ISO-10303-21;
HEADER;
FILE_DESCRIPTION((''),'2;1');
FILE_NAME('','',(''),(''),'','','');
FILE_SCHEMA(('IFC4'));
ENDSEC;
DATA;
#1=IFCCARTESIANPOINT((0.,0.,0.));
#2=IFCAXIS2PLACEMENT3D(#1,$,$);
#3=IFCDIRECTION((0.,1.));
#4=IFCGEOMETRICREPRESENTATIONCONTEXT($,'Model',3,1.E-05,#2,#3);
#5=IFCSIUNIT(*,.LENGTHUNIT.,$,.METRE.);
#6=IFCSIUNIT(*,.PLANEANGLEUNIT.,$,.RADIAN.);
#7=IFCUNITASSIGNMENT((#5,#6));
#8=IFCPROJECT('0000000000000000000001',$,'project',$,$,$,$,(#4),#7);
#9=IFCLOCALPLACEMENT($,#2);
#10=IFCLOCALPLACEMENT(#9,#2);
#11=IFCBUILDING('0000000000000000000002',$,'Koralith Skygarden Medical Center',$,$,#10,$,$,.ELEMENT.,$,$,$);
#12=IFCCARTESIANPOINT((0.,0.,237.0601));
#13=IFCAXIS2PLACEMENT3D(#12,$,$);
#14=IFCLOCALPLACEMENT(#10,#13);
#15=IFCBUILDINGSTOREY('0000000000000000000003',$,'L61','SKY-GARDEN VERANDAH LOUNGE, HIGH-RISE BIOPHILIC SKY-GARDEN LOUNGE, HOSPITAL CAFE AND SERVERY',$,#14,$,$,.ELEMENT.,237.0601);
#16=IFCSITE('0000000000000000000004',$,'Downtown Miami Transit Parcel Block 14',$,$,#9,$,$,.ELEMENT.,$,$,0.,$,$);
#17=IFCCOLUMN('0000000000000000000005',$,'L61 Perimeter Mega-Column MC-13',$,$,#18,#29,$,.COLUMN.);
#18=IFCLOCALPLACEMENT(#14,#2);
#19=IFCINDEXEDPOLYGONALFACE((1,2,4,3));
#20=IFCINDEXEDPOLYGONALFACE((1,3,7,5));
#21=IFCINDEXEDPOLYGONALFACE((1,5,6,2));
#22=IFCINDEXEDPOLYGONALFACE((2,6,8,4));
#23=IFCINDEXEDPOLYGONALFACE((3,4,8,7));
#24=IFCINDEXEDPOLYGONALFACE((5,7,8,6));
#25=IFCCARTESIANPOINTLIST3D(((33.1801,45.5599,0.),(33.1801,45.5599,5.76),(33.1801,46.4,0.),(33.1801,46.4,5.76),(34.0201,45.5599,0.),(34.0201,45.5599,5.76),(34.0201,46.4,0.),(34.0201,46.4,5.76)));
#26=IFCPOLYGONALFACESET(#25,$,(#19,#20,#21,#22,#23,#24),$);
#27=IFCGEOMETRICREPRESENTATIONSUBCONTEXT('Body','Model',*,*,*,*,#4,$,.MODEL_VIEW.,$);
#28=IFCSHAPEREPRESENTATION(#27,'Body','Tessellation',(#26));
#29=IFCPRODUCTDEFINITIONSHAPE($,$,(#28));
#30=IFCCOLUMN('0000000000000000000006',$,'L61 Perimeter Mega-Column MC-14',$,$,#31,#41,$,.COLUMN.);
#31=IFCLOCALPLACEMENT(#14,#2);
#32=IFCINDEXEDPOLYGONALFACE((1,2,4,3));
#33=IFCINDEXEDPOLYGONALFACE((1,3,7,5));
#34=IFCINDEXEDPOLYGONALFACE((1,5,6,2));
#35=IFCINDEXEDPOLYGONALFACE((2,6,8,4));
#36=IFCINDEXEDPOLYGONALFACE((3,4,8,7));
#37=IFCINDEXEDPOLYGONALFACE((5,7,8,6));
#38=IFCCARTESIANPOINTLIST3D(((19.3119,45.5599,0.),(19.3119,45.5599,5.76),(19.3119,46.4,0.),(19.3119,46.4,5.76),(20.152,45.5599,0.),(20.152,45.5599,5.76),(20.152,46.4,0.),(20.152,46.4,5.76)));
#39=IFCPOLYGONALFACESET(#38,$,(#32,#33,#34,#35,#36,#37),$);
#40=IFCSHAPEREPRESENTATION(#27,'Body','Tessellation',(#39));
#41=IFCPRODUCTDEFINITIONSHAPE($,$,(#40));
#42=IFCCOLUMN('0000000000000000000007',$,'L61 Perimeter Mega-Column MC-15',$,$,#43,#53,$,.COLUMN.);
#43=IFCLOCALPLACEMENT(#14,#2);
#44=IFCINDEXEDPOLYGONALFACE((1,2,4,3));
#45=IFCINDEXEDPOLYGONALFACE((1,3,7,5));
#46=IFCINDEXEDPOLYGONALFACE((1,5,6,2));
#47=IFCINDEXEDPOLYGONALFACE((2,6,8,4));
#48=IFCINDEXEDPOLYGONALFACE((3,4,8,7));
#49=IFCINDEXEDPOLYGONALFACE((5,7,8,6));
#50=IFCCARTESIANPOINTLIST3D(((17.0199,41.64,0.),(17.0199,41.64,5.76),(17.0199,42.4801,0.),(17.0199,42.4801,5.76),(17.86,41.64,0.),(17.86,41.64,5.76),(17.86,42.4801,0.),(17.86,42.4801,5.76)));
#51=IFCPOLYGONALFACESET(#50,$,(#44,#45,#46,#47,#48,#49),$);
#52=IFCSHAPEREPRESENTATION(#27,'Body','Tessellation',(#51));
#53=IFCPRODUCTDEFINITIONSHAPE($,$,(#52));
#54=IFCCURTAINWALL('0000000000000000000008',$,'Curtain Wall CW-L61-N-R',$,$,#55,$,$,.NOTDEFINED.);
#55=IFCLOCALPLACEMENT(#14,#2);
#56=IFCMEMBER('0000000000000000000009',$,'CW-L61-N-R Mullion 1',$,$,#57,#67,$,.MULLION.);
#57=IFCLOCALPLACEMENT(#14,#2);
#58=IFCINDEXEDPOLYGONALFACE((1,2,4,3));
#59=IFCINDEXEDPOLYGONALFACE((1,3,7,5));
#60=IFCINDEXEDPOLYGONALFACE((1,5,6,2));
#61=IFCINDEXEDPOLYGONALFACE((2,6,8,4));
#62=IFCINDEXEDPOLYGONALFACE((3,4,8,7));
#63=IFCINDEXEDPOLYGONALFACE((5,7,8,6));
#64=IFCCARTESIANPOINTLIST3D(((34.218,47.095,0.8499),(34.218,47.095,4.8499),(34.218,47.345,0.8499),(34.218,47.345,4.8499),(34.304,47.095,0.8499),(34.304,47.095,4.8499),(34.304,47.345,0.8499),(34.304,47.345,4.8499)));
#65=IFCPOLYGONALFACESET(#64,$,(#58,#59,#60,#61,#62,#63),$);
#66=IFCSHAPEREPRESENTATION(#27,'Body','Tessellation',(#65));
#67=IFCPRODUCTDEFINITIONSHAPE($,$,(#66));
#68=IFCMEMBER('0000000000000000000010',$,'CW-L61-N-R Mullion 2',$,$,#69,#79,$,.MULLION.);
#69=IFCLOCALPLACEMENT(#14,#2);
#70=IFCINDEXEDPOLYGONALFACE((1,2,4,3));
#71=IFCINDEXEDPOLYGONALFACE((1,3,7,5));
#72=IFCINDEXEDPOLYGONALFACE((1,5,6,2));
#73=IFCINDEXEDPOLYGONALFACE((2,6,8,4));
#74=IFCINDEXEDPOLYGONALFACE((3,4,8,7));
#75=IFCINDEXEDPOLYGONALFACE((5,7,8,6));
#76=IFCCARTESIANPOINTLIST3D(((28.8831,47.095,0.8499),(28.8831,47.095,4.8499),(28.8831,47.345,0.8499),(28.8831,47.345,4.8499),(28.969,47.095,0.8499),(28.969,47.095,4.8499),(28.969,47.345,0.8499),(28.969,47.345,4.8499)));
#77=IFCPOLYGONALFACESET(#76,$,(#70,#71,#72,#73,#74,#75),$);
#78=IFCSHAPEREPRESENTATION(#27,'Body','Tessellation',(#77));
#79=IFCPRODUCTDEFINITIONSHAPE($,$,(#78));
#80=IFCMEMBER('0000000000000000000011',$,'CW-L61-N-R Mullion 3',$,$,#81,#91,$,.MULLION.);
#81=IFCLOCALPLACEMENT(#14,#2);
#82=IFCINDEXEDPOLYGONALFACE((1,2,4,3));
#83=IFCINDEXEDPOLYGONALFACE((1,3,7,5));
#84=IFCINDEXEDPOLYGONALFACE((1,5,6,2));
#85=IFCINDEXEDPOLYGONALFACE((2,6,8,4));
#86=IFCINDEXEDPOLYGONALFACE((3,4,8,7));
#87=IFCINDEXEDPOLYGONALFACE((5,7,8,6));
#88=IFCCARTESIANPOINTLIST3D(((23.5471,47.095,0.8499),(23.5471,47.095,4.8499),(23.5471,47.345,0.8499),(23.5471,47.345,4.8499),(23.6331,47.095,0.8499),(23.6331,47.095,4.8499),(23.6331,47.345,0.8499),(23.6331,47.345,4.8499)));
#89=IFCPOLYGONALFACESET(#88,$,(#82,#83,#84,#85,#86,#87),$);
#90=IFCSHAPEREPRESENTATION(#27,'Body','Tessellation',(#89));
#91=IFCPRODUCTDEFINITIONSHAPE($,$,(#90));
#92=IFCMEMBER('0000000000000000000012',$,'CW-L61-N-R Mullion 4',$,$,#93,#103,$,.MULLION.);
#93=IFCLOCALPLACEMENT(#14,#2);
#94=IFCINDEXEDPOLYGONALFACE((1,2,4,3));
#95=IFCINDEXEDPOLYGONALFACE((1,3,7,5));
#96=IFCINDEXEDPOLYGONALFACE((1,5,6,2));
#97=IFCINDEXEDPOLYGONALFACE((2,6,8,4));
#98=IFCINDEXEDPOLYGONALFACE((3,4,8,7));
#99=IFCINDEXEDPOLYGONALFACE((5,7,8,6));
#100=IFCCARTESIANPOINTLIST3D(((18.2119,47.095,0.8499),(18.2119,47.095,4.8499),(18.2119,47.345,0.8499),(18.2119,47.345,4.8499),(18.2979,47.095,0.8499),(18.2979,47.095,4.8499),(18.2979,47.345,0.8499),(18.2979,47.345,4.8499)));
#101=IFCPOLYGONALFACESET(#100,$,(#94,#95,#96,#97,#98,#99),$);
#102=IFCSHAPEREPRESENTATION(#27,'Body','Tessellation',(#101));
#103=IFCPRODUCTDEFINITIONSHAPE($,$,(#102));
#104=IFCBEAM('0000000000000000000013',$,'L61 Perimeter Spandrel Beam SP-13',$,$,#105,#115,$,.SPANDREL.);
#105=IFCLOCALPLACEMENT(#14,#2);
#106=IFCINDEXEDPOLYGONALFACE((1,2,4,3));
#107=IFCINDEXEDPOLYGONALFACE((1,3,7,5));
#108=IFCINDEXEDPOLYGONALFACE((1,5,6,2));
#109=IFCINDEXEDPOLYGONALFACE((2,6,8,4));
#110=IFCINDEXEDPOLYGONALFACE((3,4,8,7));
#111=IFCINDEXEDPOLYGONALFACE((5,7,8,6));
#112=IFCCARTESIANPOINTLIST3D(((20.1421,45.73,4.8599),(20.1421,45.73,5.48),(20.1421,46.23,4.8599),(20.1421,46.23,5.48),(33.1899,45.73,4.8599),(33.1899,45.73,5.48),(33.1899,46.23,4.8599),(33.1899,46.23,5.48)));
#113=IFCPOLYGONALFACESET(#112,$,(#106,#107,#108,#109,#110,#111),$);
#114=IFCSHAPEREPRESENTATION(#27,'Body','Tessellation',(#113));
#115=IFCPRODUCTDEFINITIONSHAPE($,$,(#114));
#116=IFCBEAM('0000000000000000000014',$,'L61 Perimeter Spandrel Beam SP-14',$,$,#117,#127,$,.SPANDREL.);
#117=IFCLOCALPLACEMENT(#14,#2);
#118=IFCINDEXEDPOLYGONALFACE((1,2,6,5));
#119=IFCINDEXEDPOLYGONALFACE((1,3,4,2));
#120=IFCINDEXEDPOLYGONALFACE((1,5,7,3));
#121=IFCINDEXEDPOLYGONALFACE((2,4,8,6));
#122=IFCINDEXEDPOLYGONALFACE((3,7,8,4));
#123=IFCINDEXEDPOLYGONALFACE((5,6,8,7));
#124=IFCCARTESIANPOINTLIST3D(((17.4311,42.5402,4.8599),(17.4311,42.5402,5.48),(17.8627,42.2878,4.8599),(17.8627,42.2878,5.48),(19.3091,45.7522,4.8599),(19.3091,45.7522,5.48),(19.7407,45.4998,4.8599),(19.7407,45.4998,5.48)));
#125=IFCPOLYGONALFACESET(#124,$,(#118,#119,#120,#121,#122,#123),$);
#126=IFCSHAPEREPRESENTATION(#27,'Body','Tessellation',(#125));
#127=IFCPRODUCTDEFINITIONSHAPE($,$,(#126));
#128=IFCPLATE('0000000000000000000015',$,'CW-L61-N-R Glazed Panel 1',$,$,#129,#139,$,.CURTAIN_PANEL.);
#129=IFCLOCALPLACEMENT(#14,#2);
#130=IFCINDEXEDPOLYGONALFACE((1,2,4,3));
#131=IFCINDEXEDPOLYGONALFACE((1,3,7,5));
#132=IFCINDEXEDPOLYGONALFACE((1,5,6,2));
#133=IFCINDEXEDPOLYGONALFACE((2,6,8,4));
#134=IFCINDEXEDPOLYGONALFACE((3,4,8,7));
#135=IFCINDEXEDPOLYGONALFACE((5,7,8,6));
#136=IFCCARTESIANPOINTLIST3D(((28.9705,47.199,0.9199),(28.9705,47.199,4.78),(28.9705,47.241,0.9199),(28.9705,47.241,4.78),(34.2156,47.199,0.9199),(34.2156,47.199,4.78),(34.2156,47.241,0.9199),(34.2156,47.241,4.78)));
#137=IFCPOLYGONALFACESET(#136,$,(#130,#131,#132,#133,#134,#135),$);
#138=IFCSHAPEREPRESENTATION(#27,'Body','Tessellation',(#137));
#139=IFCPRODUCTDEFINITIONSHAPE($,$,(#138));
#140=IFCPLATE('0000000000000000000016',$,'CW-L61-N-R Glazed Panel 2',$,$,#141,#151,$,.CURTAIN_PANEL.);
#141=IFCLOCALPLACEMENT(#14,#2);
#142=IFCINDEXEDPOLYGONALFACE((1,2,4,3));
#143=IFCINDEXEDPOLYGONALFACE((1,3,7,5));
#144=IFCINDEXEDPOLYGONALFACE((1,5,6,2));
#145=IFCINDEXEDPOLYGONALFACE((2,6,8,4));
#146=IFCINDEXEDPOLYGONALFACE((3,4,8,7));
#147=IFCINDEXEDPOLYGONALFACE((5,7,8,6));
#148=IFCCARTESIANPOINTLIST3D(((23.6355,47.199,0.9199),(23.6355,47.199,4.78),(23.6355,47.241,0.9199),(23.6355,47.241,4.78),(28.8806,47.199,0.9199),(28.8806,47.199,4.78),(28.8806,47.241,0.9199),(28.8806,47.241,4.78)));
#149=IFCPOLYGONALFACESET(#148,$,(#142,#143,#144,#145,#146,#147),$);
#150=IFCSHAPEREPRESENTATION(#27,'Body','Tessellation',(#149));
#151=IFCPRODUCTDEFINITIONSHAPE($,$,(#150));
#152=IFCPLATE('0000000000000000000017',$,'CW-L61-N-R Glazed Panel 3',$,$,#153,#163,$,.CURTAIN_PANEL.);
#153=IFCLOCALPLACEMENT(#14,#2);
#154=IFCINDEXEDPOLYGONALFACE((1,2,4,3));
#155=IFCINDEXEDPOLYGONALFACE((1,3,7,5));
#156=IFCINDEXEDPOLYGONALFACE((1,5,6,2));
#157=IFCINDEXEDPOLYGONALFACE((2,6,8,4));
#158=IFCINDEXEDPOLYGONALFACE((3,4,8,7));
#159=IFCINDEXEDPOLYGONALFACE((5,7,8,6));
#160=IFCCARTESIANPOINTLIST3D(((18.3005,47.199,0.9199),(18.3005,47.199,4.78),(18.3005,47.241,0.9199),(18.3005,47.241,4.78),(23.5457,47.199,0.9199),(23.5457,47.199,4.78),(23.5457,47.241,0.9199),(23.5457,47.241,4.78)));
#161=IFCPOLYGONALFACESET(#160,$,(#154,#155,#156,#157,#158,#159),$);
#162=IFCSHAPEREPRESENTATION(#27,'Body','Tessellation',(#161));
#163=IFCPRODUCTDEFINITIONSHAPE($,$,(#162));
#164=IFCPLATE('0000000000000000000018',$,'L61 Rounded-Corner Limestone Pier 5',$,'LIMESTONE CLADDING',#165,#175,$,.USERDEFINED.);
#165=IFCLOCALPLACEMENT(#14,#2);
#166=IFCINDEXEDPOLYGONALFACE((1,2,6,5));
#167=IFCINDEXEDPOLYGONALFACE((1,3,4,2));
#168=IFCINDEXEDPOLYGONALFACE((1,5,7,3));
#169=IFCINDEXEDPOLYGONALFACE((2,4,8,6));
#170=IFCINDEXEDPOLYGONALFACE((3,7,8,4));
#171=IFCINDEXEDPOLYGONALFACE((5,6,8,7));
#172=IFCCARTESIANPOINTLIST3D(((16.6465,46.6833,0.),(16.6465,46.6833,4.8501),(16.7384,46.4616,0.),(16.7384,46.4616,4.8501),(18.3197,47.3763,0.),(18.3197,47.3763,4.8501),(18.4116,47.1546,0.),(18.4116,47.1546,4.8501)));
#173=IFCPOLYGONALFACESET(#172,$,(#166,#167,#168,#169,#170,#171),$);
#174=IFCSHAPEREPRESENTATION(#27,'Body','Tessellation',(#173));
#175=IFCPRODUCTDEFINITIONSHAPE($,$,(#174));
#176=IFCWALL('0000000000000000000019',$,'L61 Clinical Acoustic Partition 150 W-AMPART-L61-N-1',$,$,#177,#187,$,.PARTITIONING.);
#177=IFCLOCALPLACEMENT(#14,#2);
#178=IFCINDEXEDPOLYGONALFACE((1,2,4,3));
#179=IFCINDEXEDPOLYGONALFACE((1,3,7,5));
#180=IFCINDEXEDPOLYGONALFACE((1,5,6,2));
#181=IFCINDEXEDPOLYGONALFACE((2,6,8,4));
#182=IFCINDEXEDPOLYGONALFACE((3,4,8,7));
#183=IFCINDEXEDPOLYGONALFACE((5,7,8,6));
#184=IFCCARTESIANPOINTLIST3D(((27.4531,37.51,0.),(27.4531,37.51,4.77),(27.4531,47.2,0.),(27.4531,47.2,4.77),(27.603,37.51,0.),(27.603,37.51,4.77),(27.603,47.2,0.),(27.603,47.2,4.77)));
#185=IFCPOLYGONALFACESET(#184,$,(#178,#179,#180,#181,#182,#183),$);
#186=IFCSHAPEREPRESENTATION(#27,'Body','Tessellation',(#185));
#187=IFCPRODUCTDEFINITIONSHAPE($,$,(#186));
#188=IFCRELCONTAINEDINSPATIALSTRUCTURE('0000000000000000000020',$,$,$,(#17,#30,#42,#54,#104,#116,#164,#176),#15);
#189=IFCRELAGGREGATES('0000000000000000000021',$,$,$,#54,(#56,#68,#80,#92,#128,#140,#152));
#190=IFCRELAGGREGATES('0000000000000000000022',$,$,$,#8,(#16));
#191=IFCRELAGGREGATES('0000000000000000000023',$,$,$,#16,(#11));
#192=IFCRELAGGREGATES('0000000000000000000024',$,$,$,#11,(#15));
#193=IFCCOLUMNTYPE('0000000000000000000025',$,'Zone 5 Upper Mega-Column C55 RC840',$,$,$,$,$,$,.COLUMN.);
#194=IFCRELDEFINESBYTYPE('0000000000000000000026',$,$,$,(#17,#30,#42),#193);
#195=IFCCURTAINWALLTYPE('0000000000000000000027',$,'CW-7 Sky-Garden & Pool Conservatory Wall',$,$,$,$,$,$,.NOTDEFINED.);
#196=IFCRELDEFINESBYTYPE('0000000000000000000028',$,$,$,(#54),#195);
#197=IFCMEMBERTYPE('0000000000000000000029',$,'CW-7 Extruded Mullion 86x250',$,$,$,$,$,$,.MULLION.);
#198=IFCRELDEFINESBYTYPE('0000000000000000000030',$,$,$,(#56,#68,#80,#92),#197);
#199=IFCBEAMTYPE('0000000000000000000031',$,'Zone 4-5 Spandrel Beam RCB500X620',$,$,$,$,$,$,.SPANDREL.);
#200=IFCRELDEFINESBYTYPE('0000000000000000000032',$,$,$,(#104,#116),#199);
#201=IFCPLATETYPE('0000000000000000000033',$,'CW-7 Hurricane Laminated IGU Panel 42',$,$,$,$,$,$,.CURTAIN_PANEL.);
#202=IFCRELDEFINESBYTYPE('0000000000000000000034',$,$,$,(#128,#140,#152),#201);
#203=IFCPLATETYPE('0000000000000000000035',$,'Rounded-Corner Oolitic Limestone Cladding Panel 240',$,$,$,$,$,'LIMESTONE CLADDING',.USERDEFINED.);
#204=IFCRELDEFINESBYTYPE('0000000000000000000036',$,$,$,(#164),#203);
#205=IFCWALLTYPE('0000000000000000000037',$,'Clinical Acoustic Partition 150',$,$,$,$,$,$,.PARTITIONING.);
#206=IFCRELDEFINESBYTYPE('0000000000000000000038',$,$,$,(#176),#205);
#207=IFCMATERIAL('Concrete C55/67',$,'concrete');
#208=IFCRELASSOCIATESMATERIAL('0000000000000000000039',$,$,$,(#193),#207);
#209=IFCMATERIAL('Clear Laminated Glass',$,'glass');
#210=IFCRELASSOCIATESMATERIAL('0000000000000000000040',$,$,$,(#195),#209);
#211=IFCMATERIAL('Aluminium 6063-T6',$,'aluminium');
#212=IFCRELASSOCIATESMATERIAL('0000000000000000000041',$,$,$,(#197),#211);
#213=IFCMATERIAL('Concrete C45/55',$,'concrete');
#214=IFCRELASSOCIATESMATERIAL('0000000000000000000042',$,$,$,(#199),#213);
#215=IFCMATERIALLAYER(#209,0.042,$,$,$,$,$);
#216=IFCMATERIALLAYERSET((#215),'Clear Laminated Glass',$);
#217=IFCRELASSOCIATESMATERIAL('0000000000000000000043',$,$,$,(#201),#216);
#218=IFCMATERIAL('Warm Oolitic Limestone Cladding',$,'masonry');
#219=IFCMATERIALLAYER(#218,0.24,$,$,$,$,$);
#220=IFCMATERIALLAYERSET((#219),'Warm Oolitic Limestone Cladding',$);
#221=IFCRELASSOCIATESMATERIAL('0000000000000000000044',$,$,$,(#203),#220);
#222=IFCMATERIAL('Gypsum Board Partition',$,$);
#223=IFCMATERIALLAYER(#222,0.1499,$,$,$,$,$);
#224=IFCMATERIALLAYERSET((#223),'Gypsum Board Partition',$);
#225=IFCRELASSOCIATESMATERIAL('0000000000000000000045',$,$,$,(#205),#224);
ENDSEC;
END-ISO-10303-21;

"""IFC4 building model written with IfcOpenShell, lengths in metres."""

from ifc_helpers import new_model, si_unit, direction, frame, frame_2d, origin, origin_2d, place, context, subcontext, project, spatial, rectangle, extrude, material, layer, layer_set, material_profile, profile_set, type_object, element, aggregate, save


model = new_model("IFC4")

# Units and contexts
model_context = context("Model", 3, precision=1e-05, world=origin(), true_north=direction((0.0, 1.0)))
body_context = subcontext(model_context, "Body", "Model", "MODEL_VIEW")
ifc_project = project(units=[si_unit("LENGTHUNIT", "METRE"), si_unit("PLANEANGLEUNIT", "RADIAN")], contexts=[model_context])

# Site, building, storey
site_placement = place(None, origin())
site = spatial("IfcSite", under=ifc_project, at=site_placement, Name="Downtown Miami Transit Parcel Block 14", CompositionType="ELEMENT", RefElevation=0.0)
building_placement = place(site_placement, origin())
building = spatial("IfcBuilding", under=site, at=building_placement, Name="Koralith Skygarden Medical Center", CompositionType="ELEMENT")
storey_placement = place(building_placement, frame((0.0, 0.0, 237.0601)))
storey = spatial("IfcBuildingStorey", under=building, at=storey_placement, Name="L61", Description="SKY-GARDEN VERANDAH LOUNGE, HIGH-RISE BIOPHILIC SKY-GARDEN LOUNGE, HOSPITAL CAFE AND SERVERY", CompositionType="ELEMENT", Elevation=237.0601)

# Columns
ifc_material_1 = material(Name="Concrete C55/67", Category="concrete")
ifc_material_profile_1 = material_profile(ifc_material_1, rectangle(XDim=0.8401, YDim=0.8401, at=origin_2d()), Name="RC840X840")
ifc_profile_set_1 = profile_set([ifc_material_profile_1], Name="Concrete C55/67")
column_type = type_object("IfcColumnType", Name="Zone 5 Upper Mega-Column C55 RC840", PredefinedType="COLUMN", material=ifc_profile_set_1)
for number, where, z_axis, x_axis, name in (
    (1, (33.6001, 45.98, 0.0), (0.0, 0.0, 1.0), (1.0, 0.0, 0.0), "L61 Perimeter Mega-Column MC-13"),
    (2, (19.7319, 45.98, 0.0), (0.0, 0.0, 1.0), (1.0, 0.0, 0.0), "L61 Perimeter Mega-Column MC-14"),
    (3, (17.4399, 42.0601, 0.0), (0.0, 0.0, 1.0), (1.0, 0.0, 0.0), "L61 Perimeter Mega-Column MC-15"),
):
    element("IfcColumn", number, at=place(storey_placement, frame(where, z_axis=z_axis, x_axis=x_axis)), inside=storey, type_object=column_type, Name=name, PredefinedType="COLUMN", context=body_context, shape_type="SweptSolid", body=[
        extrude(rectangle(XDim=0.8401, YDim=0.8401, at=origin_2d()), origin(), (0.0, 0.0, 1.0), 5.76),
    ])

# Curtain wall, members
ifc_material_2 = material(Name="Clear Laminated Glass", Category="glass")
curtain_wall_type = type_object("IfcCurtainWallType", Name="CW-7 Sky-Garden & Pool Conservatory Wall", PredefinedType="NOTDEFINED", material=ifc_material_2)
curtain_wall_placement = place(storey_placement, origin())
curtain_wall = element("IfcCurtainWall", 4, at=curtain_wall_placement, inside=storey, type_object=curtain_wall_type, Name="Curtain Wall CW-L61-N-R", PredefinedType="NOTDEFINED")
ifc_material_3 = material(Name="Aluminium 6063-T6", Category="aluminium")
ifc_material_profile_2 = material_profile(ifc_material_3, rectangle(XDim=0.0859, YDim=0.25, at=origin_2d()), Name="MUL86X250")
ifc_profile_set_2 = profile_set([ifc_material_profile_2], Name="Aluminium 6063-T6")
member_type = type_object("IfcMemberType", Name="CW-7 Extruded Mullion 86x250", PredefinedType="MULLION", material=ifc_profile_set_2)
member_1_placement = place(storey_placement, frame((34.261, 47.22, 0.8499), z_axis=(0.0, 0.0, 1.0), x_axis=(1.0, 0.0, 0.0)))
member_1 = element("IfcMember", 5, at=member_1_placement, type_object=member_type, Name="CW-L61-N-R Mullion 1", PredefinedType="MULLION", context=body_context, shape_type="SweptSolid", body=[
    extrude(rectangle(XDim=0.0859, YDim=0.25, at=origin_2d()), origin(), (0.0, 0.0, 1.0), 4.0),
])
member_2_placement = place(storey_placement, frame((28.926, 47.22, 0.8499), z_axis=(0.0, 0.0, 1.0), x_axis=(1.0, 0.0, 0.0)))
member_2 = element("IfcMember", 6, at=member_2_placement, type_object=member_type, Name="CW-L61-N-R Mullion 2", PredefinedType="MULLION", context=body_context, shape_type="SweptSolid", body=[
    extrude(rectangle(XDim=0.0859, YDim=0.25, at=origin_2d()), origin(), (0.0, 0.0, 1.0), 4.0),
])
member_3_placement = place(storey_placement, frame((23.5901, 47.22, 0.8499), z_axis=(0.0, 0.0, 1.0), x_axis=(1.0, 0.0, 0.0)))
member_3 = element("IfcMember", 7, at=member_3_placement, type_object=member_type, Name="CW-L61-N-R Mullion 3", PredefinedType="MULLION", context=body_context, shape_type="SweptSolid", body=[
    extrude(rectangle(XDim=0.0859, YDim=0.25, at=origin_2d()), origin(), (0.0, 0.0, 1.0), 4.0),
])
member_4_placement = place(storey_placement, frame((18.2549, 47.22, 0.8499), z_axis=(0.0, 0.0, 1.0), x_axis=(1.0, 0.0, 0.0)))
member_4 = element("IfcMember", 8, at=member_4_placement, type_object=member_type, Name="CW-L61-N-R Mullion 4", PredefinedType="MULLION", context=body_context, shape_type="SweptSolid", body=[
    extrude(rectangle(XDim=0.0859, YDim=0.25, at=origin_2d()), origin(), (0.0, 0.0, 1.0), 4.0),
])

# Beams
ifc_material_4 = material(Name="Concrete C45/55", Category="concrete")
ifc_material_profile_3 = material_profile(ifc_material_4, rectangle(XDim=0.5, YDim=0.6201, at=origin_2d()), Name="RCB500X620")
ifc_profile_set_3 = profile_set([ifc_material_profile_3], Name="Concrete C45/55")
beam_type = type_object("IfcBeamType", Name="Zone 4-5 Spandrel Beam RCB500X620", PredefinedType="SPANDREL", material=ifc_profile_set_3)
beam_1_placement = place(storey_placement, frame((33.1899, 45.98, 5.1699), z_axis=(-1.0, 0.0, 0.0), x_axis=(0.0, -1.0, 0.0)))
element("IfcBeam", 9, at=beam_1_placement, inside=storey, type_object=beam_type, Name="L61 Perimeter Spandrel Beam SP-13", PredefinedType="SPANDREL", context=body_context, shape_type="SweptSolid", body=[
    extrude(rectangle(XDim=0.5, YDim=0.6201, at=origin_2d()), origin(), (0.0, 0.0, 1.0), 13.0479),
])
beam_2_placement = place(storey_placement, frame((19.5249, 45.626, 5.1699), z_axis=(-0.504736, -0.863274, 0.0), x_axis=(0.863274, -0.504736, 0.0)))
element("IfcBeam", 10, at=beam_2_placement, inside=storey, type_object=beam_type, Name="L61 Perimeter Spandrel Beam SP-14", PredefinedType="SPANDREL", context=body_context, shape_type="SweptSolid", body=[
    extrude(rectangle(XDim=0.5, YDim=0.6201, at=origin_2d()), origin(), (0.0, 0.0, 1.0), 3.7207),
])

# Plates
ifc_layer_1 = layer(ifc_material_2, 0.042)
ifc_layer_set_1 = layer_set([ifc_layer_1], Name="Clear Laminated Glass")
plate_type_1 = type_object("IfcPlateType", Name="CW-7 Hurricane Laminated IGU Panel 42", PredefinedType="CURTAIN_PANEL", material=ifc_layer_set_1)
plate_1_placement = place(storey_placement, frame((31.593, 47.22, 0.9199), z_axis=(0.0, 0.0, 1.0), x_axis=(-1.0, 0.0, 0.0)))
plate_1 = element("IfcPlate", 11, at=plate_1_placement, type_object=plate_type_1, Name="CW-L61-N-R Glazed Panel 1", PredefinedType="CURTAIN_PANEL", context=body_context, shape_type="SweptSolid", body=[
    extrude(rectangle(XDim=5.2451, YDim=0.042, at=origin_2d()), origin(), (0.0, 0.0, 1.0), 3.8601),
])
plate_2_placement = place(storey_placement, frame((26.2581, 47.22, 0.9199), z_axis=(0.0, 0.0, 1.0), x_axis=(-1.0, 0.0, 0.0)))
plate_2 = element("IfcPlate", 12, at=plate_2_placement, type_object=plate_type_1, Name="CW-L61-N-R Glazed Panel 2", PredefinedType="CURTAIN_PANEL", context=body_context, shape_type="SweptSolid", body=[
    extrude(rectangle(XDim=5.2451, YDim=0.042, at=origin_2d()), origin(), (0.0, 0.0, 1.0), 3.8601),
])
plate_3_placement = place(storey_placement, frame((20.9231, 47.22, 0.9199), z_axis=(0.0, 0.0, 1.0), x_axis=(-1.0, 0.0, 0.0)))
plate_3 = element("IfcPlate", 13, at=plate_3_placement, type_object=plate_type_1, Name="CW-L61-N-R Glazed Panel 3", PredefinedType="CURTAIN_PANEL", context=body_context, shape_type="SweptSolid", body=[
    extrude(rectangle(XDim=5.2451, YDim=0.042, at=origin_2d()), origin(), (0.0, 0.0, 1.0), 3.8601),
])
aggregate(curtain_wall, [member_1, member_2, member_3, member_4, plate_1, plate_2, plate_3])
ifc_material_5 = material(Name="Warm Oolitic Limestone Cladding", Category="masonry")
ifc_layer_2 = layer(ifc_material_5, 0.24)
ifc_layer_set_2 = layer_set([ifc_layer_2], Name="Warm Oolitic Limestone Cladding")
plate_type_2 = type_object("IfcPlateType", Name="Rounded-Corner Oolitic Limestone Cladding Panel 240", ElementType="LIMESTONE CLADDING", PredefinedType="USERDEFINED", material=ifc_layer_set_2)
plate_4_placement = place(storey_placement, frame((17.5291, 46.9189, 0.0), z_axis=(0.0, 0.0, 1.0), x_axis=(-0.923885, -0.382671, 0.0)))
element("IfcPlate", 14, at=plate_4_placement, inside=storey, type_object=plate_type_2, Name="L61 Rounded-Corner Limestone Pier 5", ObjectType="LIMESTONE CLADDING", PredefinedType="USERDEFINED", context=body_context, shape_type="SweptSolid", body=[
    extrude(rectangle(XDim=1.811, YDim=0.24, at=origin_2d()), origin(), (0.0, 0.0, 1.0), 4.8501),
])

# Wall
ifc_material_6 = material(Name="Gypsum Board Partition")
ifc_layer_3 = layer(ifc_material_6, 0.1499)
ifc_layer_set_3 = layer_set([ifc_layer_3], Name="Gypsum Board Partition")
wall_type_1 = type_object("IfcWallType", Name="Clinical Acoustic Partition 150", PredefinedType="PARTITIONING", material=ifc_layer_set_3)
wall_1_placement = place(storey_placement, frame((27.5281, 37.51, 0.0), z_axis=(0.0, 0.0, 1.0), x_axis=(0.0, 1.0, 0.0)))
element("IfcWall", 15, at=wall_1_placement, inside=storey, type_object=wall_type_1, Name="L61 Clinical Acoustic Partition 150 W-AMPART-L61-N-1", PredefinedType="PARTITIONING", context=body_context, shape_type="SweptSolid", body=[
    extrude(rectangle(XDim=9.6899, YDim=0.1499, at=frame_2d((4.845, 0.0))), origin(), (0.0, 0.0, 1.0), 4.77),
])

save(model, "model.ifc")
